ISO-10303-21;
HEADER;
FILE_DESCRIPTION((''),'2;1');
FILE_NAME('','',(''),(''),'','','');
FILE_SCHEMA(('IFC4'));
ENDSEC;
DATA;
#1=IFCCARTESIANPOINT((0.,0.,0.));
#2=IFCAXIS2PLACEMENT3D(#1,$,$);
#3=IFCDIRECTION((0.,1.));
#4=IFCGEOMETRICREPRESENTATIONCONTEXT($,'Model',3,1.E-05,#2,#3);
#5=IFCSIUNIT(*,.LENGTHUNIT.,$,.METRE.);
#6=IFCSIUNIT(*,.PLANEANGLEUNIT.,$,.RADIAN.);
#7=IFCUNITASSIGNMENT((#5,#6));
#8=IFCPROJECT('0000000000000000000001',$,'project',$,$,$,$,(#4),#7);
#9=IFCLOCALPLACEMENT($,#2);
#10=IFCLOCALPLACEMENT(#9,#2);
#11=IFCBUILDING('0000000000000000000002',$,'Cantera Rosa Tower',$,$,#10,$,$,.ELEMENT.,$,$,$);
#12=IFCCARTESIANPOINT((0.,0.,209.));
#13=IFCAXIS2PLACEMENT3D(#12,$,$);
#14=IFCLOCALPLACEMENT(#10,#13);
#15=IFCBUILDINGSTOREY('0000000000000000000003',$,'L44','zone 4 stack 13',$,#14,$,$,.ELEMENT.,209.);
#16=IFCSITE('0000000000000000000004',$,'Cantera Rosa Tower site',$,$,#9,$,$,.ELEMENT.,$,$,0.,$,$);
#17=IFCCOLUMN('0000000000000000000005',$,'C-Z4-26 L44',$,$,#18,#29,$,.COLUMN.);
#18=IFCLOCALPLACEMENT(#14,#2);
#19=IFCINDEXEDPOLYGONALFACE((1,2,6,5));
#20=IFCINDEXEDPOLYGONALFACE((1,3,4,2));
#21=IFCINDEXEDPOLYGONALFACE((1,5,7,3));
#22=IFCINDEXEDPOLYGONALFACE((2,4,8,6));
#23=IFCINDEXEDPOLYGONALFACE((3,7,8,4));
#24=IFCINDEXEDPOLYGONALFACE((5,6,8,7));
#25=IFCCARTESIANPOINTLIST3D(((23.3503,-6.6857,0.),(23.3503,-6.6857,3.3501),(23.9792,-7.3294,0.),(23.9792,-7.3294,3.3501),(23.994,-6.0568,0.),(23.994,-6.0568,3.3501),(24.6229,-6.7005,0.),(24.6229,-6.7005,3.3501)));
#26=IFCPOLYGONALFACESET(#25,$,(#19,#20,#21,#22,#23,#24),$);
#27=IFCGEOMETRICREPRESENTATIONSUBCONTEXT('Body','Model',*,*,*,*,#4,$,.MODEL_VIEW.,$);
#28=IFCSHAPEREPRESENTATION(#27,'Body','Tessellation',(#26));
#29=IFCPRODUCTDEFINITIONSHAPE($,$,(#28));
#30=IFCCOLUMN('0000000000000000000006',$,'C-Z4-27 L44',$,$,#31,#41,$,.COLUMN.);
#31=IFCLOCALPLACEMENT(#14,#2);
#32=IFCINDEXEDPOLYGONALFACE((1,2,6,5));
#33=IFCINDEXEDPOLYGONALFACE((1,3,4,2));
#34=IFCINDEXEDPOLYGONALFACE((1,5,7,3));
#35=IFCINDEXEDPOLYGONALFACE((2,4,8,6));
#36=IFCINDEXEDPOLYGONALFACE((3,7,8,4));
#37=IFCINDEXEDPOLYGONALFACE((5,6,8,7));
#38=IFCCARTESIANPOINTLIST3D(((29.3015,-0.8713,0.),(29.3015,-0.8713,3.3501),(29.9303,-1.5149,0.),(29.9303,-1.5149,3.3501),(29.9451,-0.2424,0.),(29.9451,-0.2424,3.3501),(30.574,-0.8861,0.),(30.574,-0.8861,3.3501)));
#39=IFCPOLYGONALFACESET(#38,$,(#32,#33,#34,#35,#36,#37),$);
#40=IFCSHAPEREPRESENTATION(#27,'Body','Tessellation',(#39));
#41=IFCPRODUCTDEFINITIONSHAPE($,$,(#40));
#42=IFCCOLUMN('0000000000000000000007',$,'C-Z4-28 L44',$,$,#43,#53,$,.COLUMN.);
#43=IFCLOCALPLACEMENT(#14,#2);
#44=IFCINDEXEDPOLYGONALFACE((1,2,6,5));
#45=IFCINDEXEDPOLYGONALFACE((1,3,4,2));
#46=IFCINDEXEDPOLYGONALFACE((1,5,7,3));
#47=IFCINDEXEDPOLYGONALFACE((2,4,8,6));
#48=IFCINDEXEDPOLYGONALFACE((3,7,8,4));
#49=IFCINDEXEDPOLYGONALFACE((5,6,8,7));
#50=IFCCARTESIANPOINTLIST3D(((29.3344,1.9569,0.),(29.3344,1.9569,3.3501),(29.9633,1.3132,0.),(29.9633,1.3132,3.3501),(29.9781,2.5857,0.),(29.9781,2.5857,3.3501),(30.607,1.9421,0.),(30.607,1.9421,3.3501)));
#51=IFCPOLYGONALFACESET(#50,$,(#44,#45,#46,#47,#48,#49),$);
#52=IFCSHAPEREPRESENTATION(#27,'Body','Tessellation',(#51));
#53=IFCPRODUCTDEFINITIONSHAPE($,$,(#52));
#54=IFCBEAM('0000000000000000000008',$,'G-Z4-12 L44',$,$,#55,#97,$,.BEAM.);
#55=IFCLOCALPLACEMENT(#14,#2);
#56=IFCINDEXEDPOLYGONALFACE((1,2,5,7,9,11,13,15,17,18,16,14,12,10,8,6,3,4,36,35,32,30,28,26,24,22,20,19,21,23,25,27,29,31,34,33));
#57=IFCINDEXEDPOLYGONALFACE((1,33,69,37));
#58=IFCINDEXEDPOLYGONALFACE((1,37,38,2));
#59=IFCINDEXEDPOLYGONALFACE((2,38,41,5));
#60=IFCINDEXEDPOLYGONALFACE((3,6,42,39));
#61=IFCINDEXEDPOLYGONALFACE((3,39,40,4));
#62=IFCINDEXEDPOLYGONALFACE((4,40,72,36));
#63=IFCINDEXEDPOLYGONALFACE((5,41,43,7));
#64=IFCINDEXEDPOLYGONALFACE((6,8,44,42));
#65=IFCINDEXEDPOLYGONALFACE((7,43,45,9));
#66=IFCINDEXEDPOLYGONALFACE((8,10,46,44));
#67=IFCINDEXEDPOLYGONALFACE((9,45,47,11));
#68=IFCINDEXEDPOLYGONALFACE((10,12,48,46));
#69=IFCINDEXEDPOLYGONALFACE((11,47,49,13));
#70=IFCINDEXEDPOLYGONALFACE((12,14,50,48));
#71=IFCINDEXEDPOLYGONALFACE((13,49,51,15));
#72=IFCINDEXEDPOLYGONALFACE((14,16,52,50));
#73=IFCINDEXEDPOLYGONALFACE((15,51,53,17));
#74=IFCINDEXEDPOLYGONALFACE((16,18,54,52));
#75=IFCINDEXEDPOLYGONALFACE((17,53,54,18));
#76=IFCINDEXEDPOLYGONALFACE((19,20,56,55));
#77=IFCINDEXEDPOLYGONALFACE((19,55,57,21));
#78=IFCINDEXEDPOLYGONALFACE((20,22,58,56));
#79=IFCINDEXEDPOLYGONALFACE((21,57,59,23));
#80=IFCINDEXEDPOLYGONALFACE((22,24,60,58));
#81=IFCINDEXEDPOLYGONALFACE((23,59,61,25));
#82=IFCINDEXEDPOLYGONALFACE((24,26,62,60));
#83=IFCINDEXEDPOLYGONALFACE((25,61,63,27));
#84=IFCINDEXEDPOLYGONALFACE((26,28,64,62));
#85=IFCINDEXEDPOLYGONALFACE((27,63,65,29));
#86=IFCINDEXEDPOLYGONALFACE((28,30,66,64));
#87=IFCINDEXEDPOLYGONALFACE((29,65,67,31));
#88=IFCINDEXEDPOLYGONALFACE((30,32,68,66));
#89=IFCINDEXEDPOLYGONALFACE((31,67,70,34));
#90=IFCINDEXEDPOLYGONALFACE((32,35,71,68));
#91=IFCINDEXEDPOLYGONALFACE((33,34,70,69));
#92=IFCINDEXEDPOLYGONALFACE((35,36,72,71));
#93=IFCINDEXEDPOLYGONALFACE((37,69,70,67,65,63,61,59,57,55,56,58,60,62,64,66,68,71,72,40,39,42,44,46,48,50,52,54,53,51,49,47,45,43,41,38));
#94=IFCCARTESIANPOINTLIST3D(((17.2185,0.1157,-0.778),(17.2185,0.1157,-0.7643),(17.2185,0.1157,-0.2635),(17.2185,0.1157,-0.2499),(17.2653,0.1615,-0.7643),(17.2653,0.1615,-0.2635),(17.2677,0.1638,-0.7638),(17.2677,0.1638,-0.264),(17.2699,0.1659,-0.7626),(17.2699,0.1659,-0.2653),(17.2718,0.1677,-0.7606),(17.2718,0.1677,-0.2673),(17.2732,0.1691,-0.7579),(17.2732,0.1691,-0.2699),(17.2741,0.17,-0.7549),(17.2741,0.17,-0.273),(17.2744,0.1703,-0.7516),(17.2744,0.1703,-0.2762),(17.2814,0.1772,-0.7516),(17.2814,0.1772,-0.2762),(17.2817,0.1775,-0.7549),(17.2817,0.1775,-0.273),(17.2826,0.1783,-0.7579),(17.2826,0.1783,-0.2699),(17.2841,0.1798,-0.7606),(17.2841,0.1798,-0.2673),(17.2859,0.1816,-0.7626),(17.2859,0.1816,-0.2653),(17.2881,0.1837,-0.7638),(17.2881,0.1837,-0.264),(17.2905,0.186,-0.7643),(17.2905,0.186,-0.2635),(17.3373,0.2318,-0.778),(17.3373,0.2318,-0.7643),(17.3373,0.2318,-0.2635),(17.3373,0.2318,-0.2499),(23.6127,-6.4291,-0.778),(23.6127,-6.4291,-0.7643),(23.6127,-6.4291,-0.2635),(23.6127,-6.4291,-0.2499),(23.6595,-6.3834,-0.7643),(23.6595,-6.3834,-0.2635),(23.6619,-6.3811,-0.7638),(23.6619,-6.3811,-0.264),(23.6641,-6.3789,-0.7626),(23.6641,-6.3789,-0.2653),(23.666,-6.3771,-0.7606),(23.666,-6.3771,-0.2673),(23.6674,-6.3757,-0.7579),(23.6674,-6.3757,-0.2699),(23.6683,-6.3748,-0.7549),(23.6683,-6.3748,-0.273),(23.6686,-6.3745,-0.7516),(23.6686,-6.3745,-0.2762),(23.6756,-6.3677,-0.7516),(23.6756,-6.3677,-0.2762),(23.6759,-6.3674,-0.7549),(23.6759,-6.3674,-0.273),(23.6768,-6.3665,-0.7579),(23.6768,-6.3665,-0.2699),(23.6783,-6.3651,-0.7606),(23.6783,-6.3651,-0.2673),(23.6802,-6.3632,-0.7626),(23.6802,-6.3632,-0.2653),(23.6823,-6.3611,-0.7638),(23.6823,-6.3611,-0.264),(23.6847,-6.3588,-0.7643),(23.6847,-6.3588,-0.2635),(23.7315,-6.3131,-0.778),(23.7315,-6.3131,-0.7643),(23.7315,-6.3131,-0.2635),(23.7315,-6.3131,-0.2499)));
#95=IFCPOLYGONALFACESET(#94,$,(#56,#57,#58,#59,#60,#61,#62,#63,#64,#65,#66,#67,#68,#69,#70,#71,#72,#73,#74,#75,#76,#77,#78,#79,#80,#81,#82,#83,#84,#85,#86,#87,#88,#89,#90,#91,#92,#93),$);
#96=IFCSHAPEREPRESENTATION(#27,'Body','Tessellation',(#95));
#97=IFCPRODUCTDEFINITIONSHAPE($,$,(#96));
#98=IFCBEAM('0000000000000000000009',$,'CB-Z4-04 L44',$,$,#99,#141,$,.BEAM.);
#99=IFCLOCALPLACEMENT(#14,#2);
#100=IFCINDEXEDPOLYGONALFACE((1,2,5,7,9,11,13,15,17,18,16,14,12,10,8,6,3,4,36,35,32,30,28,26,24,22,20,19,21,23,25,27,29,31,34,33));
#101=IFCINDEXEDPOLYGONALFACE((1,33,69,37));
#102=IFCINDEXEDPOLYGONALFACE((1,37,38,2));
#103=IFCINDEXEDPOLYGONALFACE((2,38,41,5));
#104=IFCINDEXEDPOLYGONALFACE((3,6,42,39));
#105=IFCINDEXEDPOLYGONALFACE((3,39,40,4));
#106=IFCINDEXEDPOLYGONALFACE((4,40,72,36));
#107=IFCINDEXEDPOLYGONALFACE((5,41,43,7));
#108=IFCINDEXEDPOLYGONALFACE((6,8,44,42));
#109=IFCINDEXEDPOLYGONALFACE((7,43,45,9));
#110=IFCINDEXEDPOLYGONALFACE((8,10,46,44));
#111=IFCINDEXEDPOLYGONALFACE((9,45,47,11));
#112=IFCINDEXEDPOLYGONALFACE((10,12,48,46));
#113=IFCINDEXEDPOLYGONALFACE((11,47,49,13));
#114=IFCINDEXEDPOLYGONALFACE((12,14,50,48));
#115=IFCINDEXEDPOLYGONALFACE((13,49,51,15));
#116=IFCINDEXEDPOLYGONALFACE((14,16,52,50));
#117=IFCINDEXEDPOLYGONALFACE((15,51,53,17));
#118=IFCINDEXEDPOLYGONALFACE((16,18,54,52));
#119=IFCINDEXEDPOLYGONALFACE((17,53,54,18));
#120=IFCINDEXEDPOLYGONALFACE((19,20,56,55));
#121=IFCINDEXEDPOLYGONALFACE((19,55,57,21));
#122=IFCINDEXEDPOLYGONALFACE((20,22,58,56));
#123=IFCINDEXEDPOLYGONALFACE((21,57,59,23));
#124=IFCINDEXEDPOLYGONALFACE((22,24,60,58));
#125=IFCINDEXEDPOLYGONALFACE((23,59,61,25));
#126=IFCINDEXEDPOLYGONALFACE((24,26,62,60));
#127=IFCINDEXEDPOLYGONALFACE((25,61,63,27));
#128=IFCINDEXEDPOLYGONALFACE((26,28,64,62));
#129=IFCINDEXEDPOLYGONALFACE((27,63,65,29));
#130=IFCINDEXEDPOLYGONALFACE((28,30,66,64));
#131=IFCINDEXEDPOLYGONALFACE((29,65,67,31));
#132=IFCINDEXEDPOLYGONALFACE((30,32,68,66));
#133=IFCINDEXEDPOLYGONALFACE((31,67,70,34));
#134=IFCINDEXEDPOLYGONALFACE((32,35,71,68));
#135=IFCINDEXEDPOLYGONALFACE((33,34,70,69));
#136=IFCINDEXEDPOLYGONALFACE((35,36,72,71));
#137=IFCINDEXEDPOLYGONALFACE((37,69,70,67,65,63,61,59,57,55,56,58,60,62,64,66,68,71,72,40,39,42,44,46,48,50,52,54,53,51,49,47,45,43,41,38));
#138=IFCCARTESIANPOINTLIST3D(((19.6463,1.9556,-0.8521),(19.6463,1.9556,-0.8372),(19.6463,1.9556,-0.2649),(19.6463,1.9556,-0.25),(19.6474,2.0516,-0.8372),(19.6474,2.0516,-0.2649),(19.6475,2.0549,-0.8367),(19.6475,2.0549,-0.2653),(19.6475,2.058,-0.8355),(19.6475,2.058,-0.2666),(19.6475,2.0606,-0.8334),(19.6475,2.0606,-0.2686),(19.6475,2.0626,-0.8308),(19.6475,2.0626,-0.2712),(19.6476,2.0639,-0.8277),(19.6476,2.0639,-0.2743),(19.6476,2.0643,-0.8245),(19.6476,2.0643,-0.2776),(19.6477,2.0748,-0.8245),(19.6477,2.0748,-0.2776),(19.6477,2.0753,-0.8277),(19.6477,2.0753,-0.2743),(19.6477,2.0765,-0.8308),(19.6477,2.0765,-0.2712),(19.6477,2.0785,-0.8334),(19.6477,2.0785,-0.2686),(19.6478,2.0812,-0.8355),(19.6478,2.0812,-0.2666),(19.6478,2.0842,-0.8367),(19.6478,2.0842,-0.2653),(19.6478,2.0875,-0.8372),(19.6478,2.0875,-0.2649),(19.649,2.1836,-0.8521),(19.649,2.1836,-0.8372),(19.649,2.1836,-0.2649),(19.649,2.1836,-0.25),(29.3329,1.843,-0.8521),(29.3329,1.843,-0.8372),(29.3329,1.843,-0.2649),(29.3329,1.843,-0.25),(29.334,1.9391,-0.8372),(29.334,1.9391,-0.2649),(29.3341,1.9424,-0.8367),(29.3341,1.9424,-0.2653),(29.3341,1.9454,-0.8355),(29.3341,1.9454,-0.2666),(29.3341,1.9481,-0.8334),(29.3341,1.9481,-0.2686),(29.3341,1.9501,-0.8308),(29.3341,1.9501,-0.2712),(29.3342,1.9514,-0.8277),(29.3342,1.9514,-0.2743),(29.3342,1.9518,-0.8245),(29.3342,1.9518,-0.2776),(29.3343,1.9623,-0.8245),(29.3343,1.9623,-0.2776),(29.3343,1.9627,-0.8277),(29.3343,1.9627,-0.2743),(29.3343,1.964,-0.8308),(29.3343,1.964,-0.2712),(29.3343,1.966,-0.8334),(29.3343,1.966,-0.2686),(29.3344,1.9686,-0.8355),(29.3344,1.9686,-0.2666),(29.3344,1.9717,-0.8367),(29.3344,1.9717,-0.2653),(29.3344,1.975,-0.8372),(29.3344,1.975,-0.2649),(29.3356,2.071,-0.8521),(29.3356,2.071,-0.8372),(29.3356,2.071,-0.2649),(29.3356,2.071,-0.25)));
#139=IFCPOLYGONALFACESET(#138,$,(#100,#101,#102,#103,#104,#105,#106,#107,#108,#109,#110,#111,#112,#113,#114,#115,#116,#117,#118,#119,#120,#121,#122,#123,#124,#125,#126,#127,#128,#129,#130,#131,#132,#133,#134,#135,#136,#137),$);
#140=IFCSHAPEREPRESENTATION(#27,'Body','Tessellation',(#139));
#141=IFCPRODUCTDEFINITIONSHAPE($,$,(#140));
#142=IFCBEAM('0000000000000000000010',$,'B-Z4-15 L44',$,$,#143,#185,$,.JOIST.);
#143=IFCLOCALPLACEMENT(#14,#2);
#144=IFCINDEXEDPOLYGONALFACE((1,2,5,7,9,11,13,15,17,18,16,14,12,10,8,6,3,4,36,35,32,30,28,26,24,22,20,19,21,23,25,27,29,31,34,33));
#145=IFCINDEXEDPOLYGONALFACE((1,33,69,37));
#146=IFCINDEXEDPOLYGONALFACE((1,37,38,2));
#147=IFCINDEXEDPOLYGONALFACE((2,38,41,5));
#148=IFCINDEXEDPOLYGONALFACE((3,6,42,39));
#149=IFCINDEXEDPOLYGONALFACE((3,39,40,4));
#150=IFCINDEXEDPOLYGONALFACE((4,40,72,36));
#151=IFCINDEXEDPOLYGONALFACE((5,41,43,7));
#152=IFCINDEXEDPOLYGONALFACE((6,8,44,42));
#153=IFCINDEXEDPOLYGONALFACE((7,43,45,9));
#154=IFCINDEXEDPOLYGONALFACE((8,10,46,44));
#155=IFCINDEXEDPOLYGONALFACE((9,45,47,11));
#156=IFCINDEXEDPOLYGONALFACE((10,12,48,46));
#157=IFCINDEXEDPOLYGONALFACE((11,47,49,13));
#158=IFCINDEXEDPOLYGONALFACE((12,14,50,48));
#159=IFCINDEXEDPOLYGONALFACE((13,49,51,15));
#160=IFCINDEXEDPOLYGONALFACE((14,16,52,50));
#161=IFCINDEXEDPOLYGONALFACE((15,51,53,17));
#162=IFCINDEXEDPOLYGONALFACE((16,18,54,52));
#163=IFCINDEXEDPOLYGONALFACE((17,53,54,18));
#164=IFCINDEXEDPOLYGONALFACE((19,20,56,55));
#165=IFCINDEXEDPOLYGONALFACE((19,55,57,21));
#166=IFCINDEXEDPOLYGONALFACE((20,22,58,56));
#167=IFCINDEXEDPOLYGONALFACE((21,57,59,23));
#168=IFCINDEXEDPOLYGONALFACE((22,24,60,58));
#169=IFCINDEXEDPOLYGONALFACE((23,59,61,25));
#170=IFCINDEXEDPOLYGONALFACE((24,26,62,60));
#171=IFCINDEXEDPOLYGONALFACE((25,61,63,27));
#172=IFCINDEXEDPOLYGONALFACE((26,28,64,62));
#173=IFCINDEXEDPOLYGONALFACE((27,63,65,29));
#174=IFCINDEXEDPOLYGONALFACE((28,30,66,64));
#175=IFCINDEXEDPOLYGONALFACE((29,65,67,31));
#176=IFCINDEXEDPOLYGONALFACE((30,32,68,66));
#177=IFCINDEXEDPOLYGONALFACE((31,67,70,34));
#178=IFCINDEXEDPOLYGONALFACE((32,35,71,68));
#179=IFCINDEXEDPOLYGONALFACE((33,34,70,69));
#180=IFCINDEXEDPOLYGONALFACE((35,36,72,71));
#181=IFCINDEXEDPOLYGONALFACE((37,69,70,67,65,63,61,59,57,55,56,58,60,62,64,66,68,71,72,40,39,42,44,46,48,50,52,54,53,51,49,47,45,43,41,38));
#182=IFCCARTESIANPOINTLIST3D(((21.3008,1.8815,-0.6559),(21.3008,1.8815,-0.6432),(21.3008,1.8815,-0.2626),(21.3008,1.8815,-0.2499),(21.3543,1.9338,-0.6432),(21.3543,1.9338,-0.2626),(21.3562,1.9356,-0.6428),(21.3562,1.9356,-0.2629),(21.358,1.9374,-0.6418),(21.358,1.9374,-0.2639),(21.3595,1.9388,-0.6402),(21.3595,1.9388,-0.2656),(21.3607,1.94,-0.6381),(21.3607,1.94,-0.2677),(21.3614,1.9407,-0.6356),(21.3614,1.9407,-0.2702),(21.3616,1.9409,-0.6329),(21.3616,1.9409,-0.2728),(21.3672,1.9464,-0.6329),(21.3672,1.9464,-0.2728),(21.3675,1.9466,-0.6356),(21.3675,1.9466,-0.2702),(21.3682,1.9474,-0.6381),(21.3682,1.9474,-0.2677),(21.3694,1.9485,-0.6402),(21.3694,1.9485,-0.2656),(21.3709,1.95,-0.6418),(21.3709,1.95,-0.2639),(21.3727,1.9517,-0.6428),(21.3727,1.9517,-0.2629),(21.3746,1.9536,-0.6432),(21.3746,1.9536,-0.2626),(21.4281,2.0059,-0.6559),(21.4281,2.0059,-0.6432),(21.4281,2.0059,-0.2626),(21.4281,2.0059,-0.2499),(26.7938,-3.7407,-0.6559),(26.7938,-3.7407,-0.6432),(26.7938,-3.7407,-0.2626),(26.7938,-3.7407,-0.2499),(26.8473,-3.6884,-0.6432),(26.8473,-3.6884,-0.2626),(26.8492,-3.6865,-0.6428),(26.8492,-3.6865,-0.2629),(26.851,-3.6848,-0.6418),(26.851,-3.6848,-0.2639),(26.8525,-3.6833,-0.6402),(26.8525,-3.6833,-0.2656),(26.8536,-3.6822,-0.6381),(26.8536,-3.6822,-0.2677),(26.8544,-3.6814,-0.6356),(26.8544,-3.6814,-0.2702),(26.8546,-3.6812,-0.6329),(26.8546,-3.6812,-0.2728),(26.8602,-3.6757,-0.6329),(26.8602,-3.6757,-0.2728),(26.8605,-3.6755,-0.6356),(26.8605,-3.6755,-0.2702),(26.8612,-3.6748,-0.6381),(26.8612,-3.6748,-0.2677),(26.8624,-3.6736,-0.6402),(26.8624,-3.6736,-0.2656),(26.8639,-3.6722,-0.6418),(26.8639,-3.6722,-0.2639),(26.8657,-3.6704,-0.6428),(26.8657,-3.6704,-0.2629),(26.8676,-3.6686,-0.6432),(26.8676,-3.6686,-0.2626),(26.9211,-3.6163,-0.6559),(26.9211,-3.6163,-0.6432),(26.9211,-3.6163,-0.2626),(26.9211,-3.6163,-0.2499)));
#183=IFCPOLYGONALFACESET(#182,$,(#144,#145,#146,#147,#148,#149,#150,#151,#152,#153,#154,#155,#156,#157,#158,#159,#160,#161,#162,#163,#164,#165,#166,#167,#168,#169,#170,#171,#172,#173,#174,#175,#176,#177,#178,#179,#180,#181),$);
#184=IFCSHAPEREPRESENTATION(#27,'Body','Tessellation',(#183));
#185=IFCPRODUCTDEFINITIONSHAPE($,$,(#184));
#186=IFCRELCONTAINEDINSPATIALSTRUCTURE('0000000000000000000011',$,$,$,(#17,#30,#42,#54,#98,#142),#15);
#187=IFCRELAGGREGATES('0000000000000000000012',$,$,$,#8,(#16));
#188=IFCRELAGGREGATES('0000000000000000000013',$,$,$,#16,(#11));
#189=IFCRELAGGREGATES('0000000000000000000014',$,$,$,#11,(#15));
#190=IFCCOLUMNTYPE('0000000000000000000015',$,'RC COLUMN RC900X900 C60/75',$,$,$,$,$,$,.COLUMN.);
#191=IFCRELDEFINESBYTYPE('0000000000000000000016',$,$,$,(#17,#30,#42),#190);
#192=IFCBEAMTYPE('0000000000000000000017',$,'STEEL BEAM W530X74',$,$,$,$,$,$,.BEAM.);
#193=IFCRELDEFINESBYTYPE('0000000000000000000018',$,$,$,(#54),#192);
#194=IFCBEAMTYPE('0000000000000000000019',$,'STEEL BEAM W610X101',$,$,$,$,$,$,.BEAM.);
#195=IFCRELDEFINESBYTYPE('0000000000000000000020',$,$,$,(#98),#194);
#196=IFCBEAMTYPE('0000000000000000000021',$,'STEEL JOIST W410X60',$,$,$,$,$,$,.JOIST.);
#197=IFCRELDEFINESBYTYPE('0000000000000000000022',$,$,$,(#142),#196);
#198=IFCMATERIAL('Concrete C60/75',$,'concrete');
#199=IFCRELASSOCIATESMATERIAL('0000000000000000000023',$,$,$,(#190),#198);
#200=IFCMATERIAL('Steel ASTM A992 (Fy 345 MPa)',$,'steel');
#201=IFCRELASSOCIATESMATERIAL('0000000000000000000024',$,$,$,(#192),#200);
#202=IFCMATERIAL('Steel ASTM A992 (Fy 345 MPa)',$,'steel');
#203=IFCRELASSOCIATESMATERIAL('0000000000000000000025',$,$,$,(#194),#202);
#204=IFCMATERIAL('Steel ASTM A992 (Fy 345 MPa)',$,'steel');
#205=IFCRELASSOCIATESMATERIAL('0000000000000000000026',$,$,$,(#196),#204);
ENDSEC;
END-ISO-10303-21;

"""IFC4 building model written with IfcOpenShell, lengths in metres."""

from ifc_helpers import new_model, si_unit, direction, frame, origin, origin_2d, place, context, subcontext, project, spatial, rectangle, i_section, extrude, material, material_profile, profile_set, type_object, element, save


model = new_model("IFC4")

# Units and contexts
model_context = context("Model", 3, precision=1e-05, world=origin(), true_north=direction((0.0, 1.0)))
body_context = subcontext(model_context, "Body", "Model", "MODEL_VIEW")
ifc_project = project(units=[si_unit("LENGTHUNIT", "METRE"), si_unit("PLANEANGLEUNIT", "RADIAN")], contexts=[model_context])

# Site, building, storey
site_placement = place(None, origin())
site = spatial("IfcSite", under=ifc_project, at=site_placement, Name="Cantera Rosa Tower site", CompositionType="ELEMENT", RefElevation=0.0)
building_placement = place(site_placement, origin())
building = spatial("IfcBuilding", under=site, at=building_placement, Name="Cantera Rosa Tower", CompositionType="ELEMENT")
storey_placement = place(building_placement, frame((0.0, 0.0, 209.0)))
storey = spatial("IfcBuildingStorey", under=building, at=storey_placement, Name="L44", Description="zone 4 stack 13", CompositionType="ELEMENT", Elevation=209.0)

# Columns
ifc_material_1 = material(Name="Concrete C60/75", Category="concrete")
ifc_material_profile_1 = material_profile(ifc_material_1, rectangle(XDim=0.8999, YDim=0.8999, at=origin_2d()), Name="RC COLUMN RC900X900 C60/75")
ifc_profile_set_1 = profile_set([ifc_material_profile_1], Name="Concrete C60/75")
column_type = type_object("IfcColumnType", Name="RC COLUMN RC900X900 C60/75", PredefinedType="COLUMN", material=ifc_profile_set_1)
for number, where, z_axis, x_axis, name in (
    (1, (23.9866, -6.6931, 0.0), (0.0, 0.0, 1.0), (0.715286, 0.698832, 0.0), "C-Z4-26 L44"),
    (2, (29.9377, -0.8787, 0.0), (0.0, 0.0, 1.0), (0.715286, 0.698832, 0.0), "C-Z4-27 L44"),
    (3, (29.9707, 1.9495, 0.0), (0.0, 0.0, 1.0), (0.715286, 0.698832, 0.0), "C-Z4-28 L44"),
):
    element("IfcColumn", number, at=place(storey_placement, frame(where, z_axis=z_axis, x_axis=x_axis)), inside=storey, type_object=column_type, Name=name, PredefinedType="COLUMN", context=body_context, shape_type="SweptSolid", body=[
        extrude(rectangle(XDim=0.8999, YDim=0.8999, at=origin_2d()), origin(), (0.0, 0.0, 1.0), 3.3501),
    ])

# Beams
ifc_material_2 = material(Name="Steel ASTM A992 (Fy 345 MPa)", Category="steel")
ifc_material_profile_2 = material_profile(ifc_material_2, i_section(OverallWidth=0.166, OverallDepth=0.5281, WebThickness=0.0098, FlangeThickness=0.0137, FilletRadius=0.0127, at=origin_2d()), Name="W530X74")
ifc_profile_set_2 = profile_set([ifc_material_profile_2], Name="Steel ASTM A992 (Fy 345 MPa)")
beam_type_1 = type_object("IfcBeamType", Name="STEEL BEAM W530X74", PredefinedType="BEAM", material=ifc_profile_set_2)
beam_1_placement = place(storey_placement, frame((23.6721, -6.3711, -0.5139), z_axis=(-0.698827, 0.71529, 0.0), x_axis=(-0.71529, -0.698827, 0.0)))
element("IfcBeam", 4, at=beam_1_placement, inside=storey, type_object=beam_type_1, Name="G-Z4-12 L44", PredefinedType="BEAM", context=body_context, shape_type="SweptSolid", body=[
    extrude(i_section(OverallWidth=0.166, OverallDepth=0.5281, WebThickness=0.0098, FlangeThickness=0.0137, FilletRadius=0.0127, at=origin_2d()), origin(), (0.0, 0.0, 1.0), 9.1499),
])
ifc_material_3 = material(Name="Steel ASTM A992 (Fy 345 MPa)", Category="steel")
ifc_material_profile_3 = material_profile(ifc_material_3, i_section(OverallWidth=0.228, OverallDepth=0.6021, WebThickness=0.0105, FlangeThickness=0.0149, FilletRadius=0.0127, at=origin_2d()), Name="W610X101")
ifc_profile_set_3 = profile_set([ifc_material_profile_3], Name="Steel ASTM A992 (Fy 345 MPa)")
beam_type_2 = type_object("IfcBeamType", Name="STEEL BEAM W610X101", PredefinedType="BEAM", material=ifc_profile_set_3)
beam_2_placement = place(storey_placement, frame((29.3342, 1.957, -0.551), z_axis=(-0.999933, 0.011618, 0.0), x_axis=(-0.011618, -0.999933, 0.0)))
element("IfcBeam", 5, at=beam_2_placement, inside=storey, type_object=beam_type_2, Name="CB-Z4-04 L44", PredefinedType="BEAM", context=body_context, shape_type="SweptSolid", body=[
    extrude(i_section(OverallWidth=0.228, OverallDepth=0.6021, WebThickness=0.0105, FlangeThickness=0.0149, FilletRadius=0.0127, at=origin_2d()), origin(), (0.0, 0.0, 1.0), 9.6873),
])
ifc_material_4 = material(Name="Steel ASTM A992 (Fy 345 MPa)", Category="steel")
ifc_material_profile_4 = material_profile(ifc_material_4, i_section(OverallWidth=0.178, OverallDepth=0.406, WebThickness=0.0078, FlangeThickness=0.0127, FilletRadius=0.0103, at=origin_2d()), Name="W410X60")
ifc_profile_set_4 = profile_set([ifc_material_profile_4], Name="Steel ASTM A992 (Fy 345 MPa)")
beam_type_3 = type_object("IfcBeamType", Name="STEEL JOIST W410X60", PredefinedType="JOIST", material=ifc_profile_set_4)
beam_3_placement = place(storey_placement, frame((26.8574, -3.6785, -0.4529), z_axis=(-0.698843, 0.715275, 0.0), x_axis=(-0.715275, -0.698843, 0.0)))
element("IfcBeam", 6, at=beam_3_placement, inside=storey, type_object=beam_type_3, Name="B-Z4-15 L44", PredefinedType="JOIST", context=body_context, shape_type="SweptSolid", body=[
    extrude(i_section(OverallWidth=0.178, OverallDepth=0.406, WebThickness=0.0078, FlangeThickness=0.0127, FilletRadius=0.0103, at=origin_2d()), origin(), (0.0, 0.0, 1.0), 7.8601),
])

save(model, "model.ifc")
